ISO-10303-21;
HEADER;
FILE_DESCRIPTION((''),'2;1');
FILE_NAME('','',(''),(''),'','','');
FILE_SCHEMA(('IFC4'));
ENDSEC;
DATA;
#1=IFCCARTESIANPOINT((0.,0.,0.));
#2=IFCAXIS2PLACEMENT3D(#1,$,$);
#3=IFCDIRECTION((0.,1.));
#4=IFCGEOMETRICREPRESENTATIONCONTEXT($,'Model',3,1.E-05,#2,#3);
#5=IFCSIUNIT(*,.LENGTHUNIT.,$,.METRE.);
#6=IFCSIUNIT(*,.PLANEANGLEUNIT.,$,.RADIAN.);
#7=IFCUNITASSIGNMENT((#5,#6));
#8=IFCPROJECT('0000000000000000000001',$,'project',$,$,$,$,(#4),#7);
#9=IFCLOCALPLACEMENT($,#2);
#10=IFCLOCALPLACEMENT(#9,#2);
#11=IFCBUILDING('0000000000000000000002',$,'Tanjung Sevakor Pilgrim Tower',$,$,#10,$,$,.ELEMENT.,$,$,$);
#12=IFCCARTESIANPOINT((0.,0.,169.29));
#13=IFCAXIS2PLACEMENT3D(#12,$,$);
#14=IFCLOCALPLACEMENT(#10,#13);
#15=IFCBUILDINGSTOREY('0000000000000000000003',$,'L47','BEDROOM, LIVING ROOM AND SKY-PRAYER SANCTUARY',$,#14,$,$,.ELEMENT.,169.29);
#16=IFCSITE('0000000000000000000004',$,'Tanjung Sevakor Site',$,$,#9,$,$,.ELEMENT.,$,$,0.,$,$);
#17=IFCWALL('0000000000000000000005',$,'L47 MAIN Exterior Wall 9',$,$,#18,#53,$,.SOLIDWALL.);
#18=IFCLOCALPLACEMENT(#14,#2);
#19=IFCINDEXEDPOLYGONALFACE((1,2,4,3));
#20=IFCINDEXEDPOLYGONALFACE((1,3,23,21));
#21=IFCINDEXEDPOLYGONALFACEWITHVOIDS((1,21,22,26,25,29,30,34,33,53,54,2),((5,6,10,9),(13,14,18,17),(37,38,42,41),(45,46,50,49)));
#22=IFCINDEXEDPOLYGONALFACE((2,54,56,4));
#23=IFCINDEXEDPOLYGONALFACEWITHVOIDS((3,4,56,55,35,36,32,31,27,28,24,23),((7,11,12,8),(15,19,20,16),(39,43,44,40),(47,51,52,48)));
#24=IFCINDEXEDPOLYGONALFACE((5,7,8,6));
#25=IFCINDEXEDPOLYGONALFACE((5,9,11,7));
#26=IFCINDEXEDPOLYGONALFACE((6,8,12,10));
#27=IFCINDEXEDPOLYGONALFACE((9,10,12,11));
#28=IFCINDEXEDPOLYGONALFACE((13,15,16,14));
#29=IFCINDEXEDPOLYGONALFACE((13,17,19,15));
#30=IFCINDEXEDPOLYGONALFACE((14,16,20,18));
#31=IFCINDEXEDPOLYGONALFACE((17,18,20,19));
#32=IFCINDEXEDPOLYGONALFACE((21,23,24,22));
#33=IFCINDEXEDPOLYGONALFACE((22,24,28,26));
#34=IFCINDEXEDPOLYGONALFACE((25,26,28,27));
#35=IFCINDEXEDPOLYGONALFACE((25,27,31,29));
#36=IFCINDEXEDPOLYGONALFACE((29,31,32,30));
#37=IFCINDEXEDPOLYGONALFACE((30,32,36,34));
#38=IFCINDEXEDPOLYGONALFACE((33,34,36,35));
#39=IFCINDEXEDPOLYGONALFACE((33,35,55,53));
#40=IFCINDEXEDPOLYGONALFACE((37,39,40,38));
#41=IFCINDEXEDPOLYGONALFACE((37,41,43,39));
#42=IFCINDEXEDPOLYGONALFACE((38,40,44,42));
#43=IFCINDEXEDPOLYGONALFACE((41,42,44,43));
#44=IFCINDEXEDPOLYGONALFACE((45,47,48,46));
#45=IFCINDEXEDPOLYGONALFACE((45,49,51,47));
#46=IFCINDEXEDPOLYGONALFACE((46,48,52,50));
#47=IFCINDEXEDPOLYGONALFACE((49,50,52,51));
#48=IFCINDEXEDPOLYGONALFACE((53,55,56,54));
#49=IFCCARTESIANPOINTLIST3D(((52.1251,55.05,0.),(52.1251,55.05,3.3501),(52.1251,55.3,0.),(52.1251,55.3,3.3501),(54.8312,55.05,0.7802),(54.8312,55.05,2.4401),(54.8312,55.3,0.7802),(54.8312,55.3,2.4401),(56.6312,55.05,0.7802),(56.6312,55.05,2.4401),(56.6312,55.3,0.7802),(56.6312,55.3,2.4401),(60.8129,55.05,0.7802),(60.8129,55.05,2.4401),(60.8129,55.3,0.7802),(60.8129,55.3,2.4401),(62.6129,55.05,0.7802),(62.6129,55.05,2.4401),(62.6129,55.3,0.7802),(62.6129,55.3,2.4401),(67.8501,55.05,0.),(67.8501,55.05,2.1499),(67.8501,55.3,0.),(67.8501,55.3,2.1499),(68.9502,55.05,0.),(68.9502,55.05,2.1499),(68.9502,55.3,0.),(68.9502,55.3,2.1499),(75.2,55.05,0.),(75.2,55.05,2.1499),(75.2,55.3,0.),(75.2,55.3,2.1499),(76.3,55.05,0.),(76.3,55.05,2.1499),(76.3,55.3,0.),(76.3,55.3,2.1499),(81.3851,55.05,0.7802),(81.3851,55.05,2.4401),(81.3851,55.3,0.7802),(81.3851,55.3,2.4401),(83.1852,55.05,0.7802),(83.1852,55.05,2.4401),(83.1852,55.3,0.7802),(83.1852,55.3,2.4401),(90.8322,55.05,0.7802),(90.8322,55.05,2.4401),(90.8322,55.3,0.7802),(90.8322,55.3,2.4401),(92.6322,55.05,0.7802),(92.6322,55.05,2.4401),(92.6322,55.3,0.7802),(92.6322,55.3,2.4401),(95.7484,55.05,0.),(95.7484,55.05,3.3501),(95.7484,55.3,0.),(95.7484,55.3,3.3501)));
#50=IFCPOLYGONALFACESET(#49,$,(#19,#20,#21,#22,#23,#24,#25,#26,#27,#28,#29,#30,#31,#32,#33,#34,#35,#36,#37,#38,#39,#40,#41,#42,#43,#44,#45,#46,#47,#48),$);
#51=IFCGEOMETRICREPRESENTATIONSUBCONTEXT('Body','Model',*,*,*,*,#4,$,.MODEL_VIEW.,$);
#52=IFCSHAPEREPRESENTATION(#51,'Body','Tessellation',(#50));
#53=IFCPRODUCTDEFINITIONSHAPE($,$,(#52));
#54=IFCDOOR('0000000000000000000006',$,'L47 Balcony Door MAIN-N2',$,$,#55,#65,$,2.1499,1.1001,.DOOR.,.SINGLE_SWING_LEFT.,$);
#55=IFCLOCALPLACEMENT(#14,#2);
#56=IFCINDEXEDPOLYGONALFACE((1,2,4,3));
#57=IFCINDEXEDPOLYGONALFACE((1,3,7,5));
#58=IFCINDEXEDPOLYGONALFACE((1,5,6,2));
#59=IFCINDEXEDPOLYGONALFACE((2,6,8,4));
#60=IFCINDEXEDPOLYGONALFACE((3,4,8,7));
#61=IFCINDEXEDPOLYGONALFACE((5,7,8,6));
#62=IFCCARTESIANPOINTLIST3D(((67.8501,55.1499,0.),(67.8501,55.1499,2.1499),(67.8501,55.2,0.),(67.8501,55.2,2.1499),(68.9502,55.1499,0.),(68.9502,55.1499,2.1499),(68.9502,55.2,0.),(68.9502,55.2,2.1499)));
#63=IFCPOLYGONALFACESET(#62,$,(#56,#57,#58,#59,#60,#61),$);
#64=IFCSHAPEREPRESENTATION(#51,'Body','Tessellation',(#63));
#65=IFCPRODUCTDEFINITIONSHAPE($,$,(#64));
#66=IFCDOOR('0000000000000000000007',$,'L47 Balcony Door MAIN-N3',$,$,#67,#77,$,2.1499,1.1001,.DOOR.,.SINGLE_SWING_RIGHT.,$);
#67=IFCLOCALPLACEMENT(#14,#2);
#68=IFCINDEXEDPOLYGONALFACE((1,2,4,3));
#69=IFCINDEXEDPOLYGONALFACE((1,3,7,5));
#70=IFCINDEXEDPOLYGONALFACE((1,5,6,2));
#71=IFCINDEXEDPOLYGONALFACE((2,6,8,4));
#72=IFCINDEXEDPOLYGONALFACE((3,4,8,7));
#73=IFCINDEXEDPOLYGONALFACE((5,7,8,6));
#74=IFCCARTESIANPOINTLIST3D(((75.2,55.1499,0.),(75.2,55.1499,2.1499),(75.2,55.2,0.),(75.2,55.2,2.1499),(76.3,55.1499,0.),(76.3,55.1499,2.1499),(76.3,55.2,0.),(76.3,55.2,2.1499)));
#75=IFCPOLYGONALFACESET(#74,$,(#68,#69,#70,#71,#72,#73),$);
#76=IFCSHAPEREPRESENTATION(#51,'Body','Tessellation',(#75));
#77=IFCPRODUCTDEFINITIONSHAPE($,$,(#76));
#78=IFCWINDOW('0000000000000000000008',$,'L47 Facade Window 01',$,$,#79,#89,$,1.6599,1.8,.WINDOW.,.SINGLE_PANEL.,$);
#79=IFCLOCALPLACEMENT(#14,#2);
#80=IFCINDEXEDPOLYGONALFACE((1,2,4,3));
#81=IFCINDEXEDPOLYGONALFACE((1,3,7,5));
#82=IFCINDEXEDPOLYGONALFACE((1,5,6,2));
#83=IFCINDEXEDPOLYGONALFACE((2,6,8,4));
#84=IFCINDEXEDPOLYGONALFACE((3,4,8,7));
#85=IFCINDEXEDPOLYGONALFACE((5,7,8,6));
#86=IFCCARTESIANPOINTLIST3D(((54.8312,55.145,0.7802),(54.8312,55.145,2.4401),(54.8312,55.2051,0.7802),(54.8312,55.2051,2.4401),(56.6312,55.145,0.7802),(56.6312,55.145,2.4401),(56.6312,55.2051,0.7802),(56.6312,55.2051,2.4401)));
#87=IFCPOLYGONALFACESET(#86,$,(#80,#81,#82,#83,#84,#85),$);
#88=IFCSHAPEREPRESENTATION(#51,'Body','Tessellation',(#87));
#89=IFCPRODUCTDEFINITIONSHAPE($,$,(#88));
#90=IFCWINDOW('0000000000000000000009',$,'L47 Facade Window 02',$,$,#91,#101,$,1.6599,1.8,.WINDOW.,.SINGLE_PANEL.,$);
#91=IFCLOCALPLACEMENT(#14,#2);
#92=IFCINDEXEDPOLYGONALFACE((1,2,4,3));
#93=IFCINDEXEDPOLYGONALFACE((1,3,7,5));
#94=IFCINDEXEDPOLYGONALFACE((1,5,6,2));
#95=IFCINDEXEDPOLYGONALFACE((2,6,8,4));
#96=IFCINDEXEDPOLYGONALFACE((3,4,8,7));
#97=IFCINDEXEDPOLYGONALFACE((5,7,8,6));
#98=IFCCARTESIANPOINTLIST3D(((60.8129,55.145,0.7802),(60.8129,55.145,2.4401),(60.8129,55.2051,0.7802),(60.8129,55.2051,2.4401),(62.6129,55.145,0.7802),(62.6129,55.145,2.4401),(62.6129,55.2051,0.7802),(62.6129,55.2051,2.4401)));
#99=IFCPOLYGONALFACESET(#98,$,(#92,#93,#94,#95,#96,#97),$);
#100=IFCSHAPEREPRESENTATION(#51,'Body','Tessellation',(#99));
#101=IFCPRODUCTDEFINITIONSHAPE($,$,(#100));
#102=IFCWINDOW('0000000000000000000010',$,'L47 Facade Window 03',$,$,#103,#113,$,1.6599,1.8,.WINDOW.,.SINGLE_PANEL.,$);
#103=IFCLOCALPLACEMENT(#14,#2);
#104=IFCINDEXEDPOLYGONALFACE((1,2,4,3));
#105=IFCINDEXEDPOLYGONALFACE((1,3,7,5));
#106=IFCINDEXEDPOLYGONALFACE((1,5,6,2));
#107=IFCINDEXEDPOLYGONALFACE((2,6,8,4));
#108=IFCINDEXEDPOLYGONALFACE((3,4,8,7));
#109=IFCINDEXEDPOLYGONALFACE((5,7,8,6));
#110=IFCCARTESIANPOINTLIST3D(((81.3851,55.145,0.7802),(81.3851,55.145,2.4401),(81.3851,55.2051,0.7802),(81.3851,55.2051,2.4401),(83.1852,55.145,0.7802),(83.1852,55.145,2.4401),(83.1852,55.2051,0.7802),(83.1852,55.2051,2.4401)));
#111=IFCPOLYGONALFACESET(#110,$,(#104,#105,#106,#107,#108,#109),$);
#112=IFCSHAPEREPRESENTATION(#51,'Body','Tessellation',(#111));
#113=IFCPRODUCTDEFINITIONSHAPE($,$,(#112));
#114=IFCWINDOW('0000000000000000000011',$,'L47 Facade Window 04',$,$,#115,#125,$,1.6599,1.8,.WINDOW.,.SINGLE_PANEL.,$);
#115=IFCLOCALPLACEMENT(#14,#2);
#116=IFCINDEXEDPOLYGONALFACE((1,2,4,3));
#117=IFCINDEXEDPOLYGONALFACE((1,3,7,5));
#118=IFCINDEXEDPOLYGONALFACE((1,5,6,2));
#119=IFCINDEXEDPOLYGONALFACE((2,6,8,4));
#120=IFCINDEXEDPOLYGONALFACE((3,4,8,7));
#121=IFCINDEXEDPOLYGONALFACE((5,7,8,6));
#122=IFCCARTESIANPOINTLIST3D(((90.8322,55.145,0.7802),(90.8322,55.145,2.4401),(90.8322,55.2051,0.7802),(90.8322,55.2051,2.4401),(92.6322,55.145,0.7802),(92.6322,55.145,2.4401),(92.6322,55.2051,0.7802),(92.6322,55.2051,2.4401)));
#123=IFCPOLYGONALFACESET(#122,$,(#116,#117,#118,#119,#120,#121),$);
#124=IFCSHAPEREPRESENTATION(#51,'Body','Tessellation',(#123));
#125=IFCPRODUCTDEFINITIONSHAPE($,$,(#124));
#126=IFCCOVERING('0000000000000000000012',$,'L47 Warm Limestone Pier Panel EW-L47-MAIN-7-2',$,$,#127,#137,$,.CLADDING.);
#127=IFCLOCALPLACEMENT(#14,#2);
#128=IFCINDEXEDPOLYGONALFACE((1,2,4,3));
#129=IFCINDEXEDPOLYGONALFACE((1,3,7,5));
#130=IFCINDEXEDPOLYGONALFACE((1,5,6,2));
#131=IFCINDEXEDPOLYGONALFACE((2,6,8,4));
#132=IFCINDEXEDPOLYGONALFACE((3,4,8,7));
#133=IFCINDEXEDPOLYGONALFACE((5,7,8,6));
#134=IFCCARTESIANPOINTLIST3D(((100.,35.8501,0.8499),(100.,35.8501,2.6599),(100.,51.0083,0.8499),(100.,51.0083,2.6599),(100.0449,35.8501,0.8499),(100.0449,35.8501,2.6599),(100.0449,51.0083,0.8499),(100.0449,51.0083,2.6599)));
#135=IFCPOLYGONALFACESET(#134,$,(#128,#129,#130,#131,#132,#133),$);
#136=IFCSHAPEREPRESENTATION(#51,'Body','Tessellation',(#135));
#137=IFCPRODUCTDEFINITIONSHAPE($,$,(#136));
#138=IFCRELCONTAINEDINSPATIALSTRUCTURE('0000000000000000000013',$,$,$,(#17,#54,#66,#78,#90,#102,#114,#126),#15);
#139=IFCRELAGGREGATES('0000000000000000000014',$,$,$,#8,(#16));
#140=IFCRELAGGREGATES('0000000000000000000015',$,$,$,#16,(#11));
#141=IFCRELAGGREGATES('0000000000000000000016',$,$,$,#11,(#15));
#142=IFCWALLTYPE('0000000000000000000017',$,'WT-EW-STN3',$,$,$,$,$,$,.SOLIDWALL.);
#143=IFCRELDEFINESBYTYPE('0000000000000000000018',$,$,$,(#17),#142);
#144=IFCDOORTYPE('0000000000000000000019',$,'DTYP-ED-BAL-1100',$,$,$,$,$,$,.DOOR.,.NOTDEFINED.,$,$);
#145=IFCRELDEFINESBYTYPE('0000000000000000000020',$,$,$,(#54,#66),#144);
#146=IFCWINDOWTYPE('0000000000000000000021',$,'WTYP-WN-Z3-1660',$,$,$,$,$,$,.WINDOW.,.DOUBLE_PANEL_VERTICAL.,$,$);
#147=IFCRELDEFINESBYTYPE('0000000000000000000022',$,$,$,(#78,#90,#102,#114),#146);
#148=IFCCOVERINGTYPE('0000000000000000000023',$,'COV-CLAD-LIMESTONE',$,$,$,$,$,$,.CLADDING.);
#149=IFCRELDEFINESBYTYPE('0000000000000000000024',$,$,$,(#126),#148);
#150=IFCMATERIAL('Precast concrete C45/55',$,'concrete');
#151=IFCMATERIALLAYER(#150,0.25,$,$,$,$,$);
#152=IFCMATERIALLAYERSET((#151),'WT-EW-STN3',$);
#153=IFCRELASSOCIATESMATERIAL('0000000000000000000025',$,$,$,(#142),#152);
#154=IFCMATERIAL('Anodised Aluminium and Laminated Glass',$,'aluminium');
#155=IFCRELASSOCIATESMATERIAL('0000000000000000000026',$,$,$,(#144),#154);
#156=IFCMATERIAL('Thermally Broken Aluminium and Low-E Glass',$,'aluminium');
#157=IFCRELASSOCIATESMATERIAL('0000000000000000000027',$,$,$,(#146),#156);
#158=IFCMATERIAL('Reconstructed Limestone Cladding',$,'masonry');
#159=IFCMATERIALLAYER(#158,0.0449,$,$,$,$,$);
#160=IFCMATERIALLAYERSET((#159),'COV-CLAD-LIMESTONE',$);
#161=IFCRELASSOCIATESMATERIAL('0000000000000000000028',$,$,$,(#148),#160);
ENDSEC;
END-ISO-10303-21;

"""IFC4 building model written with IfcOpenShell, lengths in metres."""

from ifc_helpers import new_model, si_unit, direction, frame, frame_2d, origin, origin_2d, place, context, subcontext, project, spatial, rectangle, extrude, material, layer, layer_set, type_object, element, fill, save


model = new_model("IFC4")

# Units and contexts
model_context = context("Model", 3, precision=1e-05, world=origin(), true_north=direction((0.0, 1.0)))
body_context = subcontext(model_context, "Body", "Model", "MODEL_VIEW")
ifc_project = project(units=[si_unit("LENGTHUNIT", "METRE"), si_unit("PLANEANGLEUNIT", "RADIAN")], contexts=[model_context])

# Site, building, storey
site_placement = place(None, origin())
site = spatial("IfcSite", under=ifc_project, at=site_placement, Name="Tanjung Sevakor Site", CompositionType="ELEMENT", RefElevation=0.0)
building_placement = place(site_placement, origin())
building = spatial("IfcBuilding", under=site, at=building_placement, Name="Tanjung Sevakor Pilgrim Tower", CompositionType="ELEMENT")
storey_placement = place(building_placement, frame((0.0, 0.0, 169.29)))
storey = spatial("IfcBuildingStorey", under=building, at=storey_placement, Name="L47", Description="BEDROOM, LIVING ROOM AND SKY-PRAYER SANCTUARY", CompositionType="ELEMENT", Elevation=169.29)

# Wall, openings, doors, windows
ifc_material_1 = material(Name="Precast concrete C45/55", Category="concrete")
ifc_layer_1 = layer(ifc_material_1, 0.25)
ifc_layer_set_1 = layer_set([ifc_layer_1], Name="WT-EW-STN3")
wall_type_1 = type_object("IfcWallType", Name="WT-EW-STN3", PredefinedType="SOLIDWALL", material=ifc_layer_set_1)
wall_1_placement = place(storey_placement, frame((95.7483, 55.175, 0.0), z_axis=(0.0, 0.0, 1.0), x_axis=(-1.0, 0.0, 0.0)))
wall_1 = element("IfcWall", 1, at=wall_1_placement, inside=storey, type_object=wall_type_1, Name="L47 MAIN Exterior Wall 9", PredefinedType="SOLIDWALL", context=body_context, shape_type="SweptSolid", body=[
    extrude(rectangle(XDim=43.6233, YDim=0.25, at=frame_2d((21.8115, 0.0))), origin(), (0.0, 0.0, 1.0), 3.3501),
])
opening_1_placement = place(wall_1_placement, frame((26.7981, 0.0, 0.0)))
opening_1 = element("IfcOpeningElement", 2, at=opening_1_placement, cuts=wall_1, PredefinedType="OPENING", context=body_context, shape_type="SweptSolid", body=[
    extrude(rectangle(XDim=1.1001, YDim=2.1499, at=frame_2d((0.55, 1.075))), frame((0.0, 0.135, 0.0), z_axis=(0.0, -1.0, 0.0), x_axis=(1.0, 0.0, 0.0)), (0.0, 0.0, 1.0), 0.27),
])
opening_2_placement = place(wall_1_placement, frame((19.4482, 0.0, 0.0)))
opening_2 = element("IfcOpeningElement", 3, at=opening_2_placement, cuts=wall_1, PredefinedType="OPENING", context=body_context, shape_type="SweptSolid", body=[
    extrude(rectangle(XDim=1.1001, YDim=2.1499, at=frame_2d((0.55, 1.075))), frame((0.0, 0.135, 0.0), z_axis=(0.0, -1.0, 0.0), x_axis=(1.0, 0.0, 0.0)), (0.0, 0.0, 1.0), 0.27),
])
opening_3_placement = place(wall_1_placement, frame((39.1172, 0.0, 0.78)))
opening_3 = element("IfcOpeningElement", 4, at=opening_3_placement, cuts=wall_1, PredefinedType="OPENING", context=body_context, shape_type="SweptSolid", body=[
    extrude(rectangle(XDim=1.8, YDim=1.6599, at=frame_2d((0.8999, 0.8301))), frame((0.0, 0.135, 0.0), z_axis=(0.0, -1.0, 0.0), x_axis=(1.0, 0.0, 0.0)), (0.0, 0.0, 1.0), 0.27),
])
opening_4_placement = place(wall_1_placement, frame((33.1355, 0.0, 0.78)))
opening_4 = element("IfcOpeningElement", 5, at=opening_4_placement, cuts=wall_1, PredefinedType="OPENING", context=body_context, shape_type="SweptSolid", body=[
    extrude(rectangle(XDim=1.8, YDim=1.6599, at=frame_2d((0.8999, 0.8301))), frame((0.0, 0.135, 0.0), z_axis=(0.0, -1.0, 0.0), x_axis=(1.0, 0.0, 0.0)), (0.0, 0.0, 1.0), 0.27),
])
opening_5_placement = place(wall_1_placement, frame((12.5632, 0.0, 0.78)))
opening_5 = element("IfcOpeningElement", 6, at=opening_5_placement, cuts=wall_1, PredefinedType="OPENING", context=body_context, shape_type="SweptSolid", body=[
    extrude(rectangle(XDim=1.8, YDim=1.6599, at=frame_2d((0.8999, 0.8301))), frame((0.0, 0.135, 0.0), z_axis=(0.0, -1.0, 0.0), x_axis=(1.0, 0.0, 0.0)), (0.0, 0.0, 1.0), 0.27),
])
opening_6_placement = place(wall_1_placement, frame((3.1162, 0.0, 0.78)))
opening_6 = element("IfcOpeningElement", 7, at=opening_6_placement, cuts=wall_1, PredefinedType="OPENING", context=body_context, shape_type="SweptSolid", body=[
    extrude(rectangle(XDim=1.8, YDim=1.6599, at=frame_2d((0.8999, 0.8301))), frame((0.0, 0.135, 0.0), z_axis=(0.0, -1.0, 0.0), x_axis=(1.0, 0.0, 0.0)), (0.0, 0.0, 1.0), 0.27),
])
ifc_material_2 = material(Name="Anodised Aluminium and Laminated Glass", Category="aluminium")
door_type = type_object("IfcDoorType", Name="DTYP-ED-BAL-1100", OperationType="NOTDEFINED", PredefinedType="DOOR", material=ifc_material_2)
door_1_placement = place(opening_1_placement, frame((1.1001, 0.0, 0.0), z_axis=(0.0, 0.0, 1.0), x_axis=(-1.0, 0.0, 0.0)))
door_1 = element("IfcDoor", 8, at=door_1_placement, inside=storey, type_object=door_type, Name="L47 Balcony Door MAIN-N2", OperationType="SINGLE_SWING_LEFT", OverallHeight=2.1499, OverallWidth=1.1001, PredefinedType="DOOR", context=body_context, shape_type="SweptSolid", body=[
    extrude(rectangle(XDim=1.1001, YDim=2.1499, at=frame_2d((0.55, 1.075))), frame((0.0, 0.0249, 0.0), z_axis=(0.0, -1.0, 0.0), x_axis=(1.0, 0.0, 0.0)), (0.0, 0.0, 1.0), 0.05),
])
fill(opening_1, door_1)
door_2_placement = place(opening_2_placement, frame((1.1001, 0.0, 0.0), z_axis=(0.0, 0.0, 1.0), x_axis=(-1.0, 0.0, 0.0)))
door_2 = element("IfcDoor", 9, at=door_2_placement, inside=storey, type_object=door_type, Name="L47 Balcony Door MAIN-N3", OperationType="SINGLE_SWING_RIGHT", OverallHeight=2.1499, OverallWidth=1.1001, PredefinedType="DOOR", context=body_context, shape_type="SweptSolid", body=[
    extrude(rectangle(XDim=1.1001, YDim=2.1499, at=frame_2d((0.55, 1.075))), frame((0.0, 0.0249, 0.0), z_axis=(0.0, -1.0, 0.0), x_axis=(1.0, 0.0, 0.0)), (0.0, 0.0, 1.0), 0.05),
])
fill(opening_2, door_2)
ifc_material_3 = material(Name="Thermally Broken Aluminium and Low-E Glass", Category="aluminium")
window_type = type_object("IfcWindowType", Name="WTYP-WN-Z3-1660", PartitioningType="DOUBLE_PANEL_VERTICAL", PredefinedType="WINDOW", material=ifc_material_3)
window_1_placement = place(opening_3_placement, origin())
window_1 = element("IfcWindow", 10, at=window_1_placement, inside=storey, type_object=window_type, Name="L47 Facade Window 01", OverallHeight=1.6599, OverallWidth=1.8, PartitioningType="SINGLE_PANEL", PredefinedType="WINDOW", context=body_context, shape_type="SweptSolid", body=[
    extrude(rectangle(XDim=1.8, YDim=1.6599, at=frame_2d((0.8999, 0.8301))), frame((0.0, 0.03, 0.0), z_axis=(0.0, -1.0, 0.0), x_axis=(1.0, 0.0, 0.0)), (0.0, 0.0, 1.0), 0.0601),
])
fill(opening_3, window_1)
window_2_placement = place(opening_4_placement, origin())
window_2 = element("IfcWindow", 11, at=window_2_placement, inside=storey, type_object=window_type, Name="L47 Facade Window 02", OverallHeight=1.6599, OverallWidth=1.8, PartitioningType="SINGLE_PANEL", PredefinedType="WINDOW", context=body_context, shape_type="SweptSolid", body=[
    extrude(rectangle(XDim=1.8, YDim=1.6599, at=frame_2d((0.8999, 0.8301))), frame((0.0, 0.03, 0.0), z_axis=(0.0, -1.0, 0.0), x_axis=(1.0, 0.0, 0.0)), (0.0, 0.0, 1.0), 0.0601),
])
fill(opening_4, window_2)
window_3_placement = place(opening_5_placement, origin())
window_3 = element("IfcWindow", 12, at=window_3_placement, inside=storey, type_object=window_type, Name="L47 Facade Window 03", OverallHeight=1.6599, OverallWidth=1.8, PartitioningType="SINGLE_PANEL", PredefinedType="WINDOW", context=body_context, shape_type="SweptSolid", body=[
    extrude(rectangle(XDim=1.8, YDim=1.6599, at=frame_2d((0.8999, 0.8301))), frame((0.0, 0.03, 0.0), z_axis=(0.0, -1.0, 0.0), x_axis=(1.0, 0.0, 0.0)), (0.0, 0.0, 1.0), 0.0601),
])
fill(opening_5, window_3)
window_4_placement = place(opening_6_placement, origin())
window_4 = element("IfcWindow", 13, at=window_4_placement, inside=storey, type_object=window_type, Name="L47 Facade Window 04", OverallHeight=1.6599, OverallWidth=1.8, PartitioningType="SINGLE_PANEL", PredefinedType="WINDOW", context=body_context, shape_type="SweptSolid", body=[
    extrude(rectangle(XDim=1.8, YDim=1.6599, at=frame_2d((0.8999, 0.8301))), frame((0.0, 0.03, 0.0), z_axis=(0.0, -1.0, 0.0), x_axis=(1.0, 0.0, 0.0)), (0.0, 0.0, 1.0), 0.0601),
])
fill(opening_6, window_4)

# Covering
ifc_material_4 = material(Name="Reconstructed Limestone Cladding", Category="masonry")
ifc_layer_2 = layer(ifc_material_4, 0.0449)
ifc_layer_set_2 = layer_set([ifc_layer_2], Name="COV-CLAD-LIMESTONE")
covering_type = type_object("IfcCoveringType", Name="COV-CLAD-LIMESTONE", PredefinedType="CLADDING", material=ifc_layer_set_2)
covering_placement = place(storey_placement, frame((100.0225, 43.4292, 0.8499), z_axis=(0.0, 0.0, 1.0), x_axis=(0.0, 1.0, 0.0)))
element("IfcCovering", 14, at=covering_placement, inside=storey, type_object=covering_type, Name="L47 Warm Limestone Pier Panel EW-L47-MAIN-7-2", PredefinedType="CLADDING", context=body_context, shape_type="SweptSolid", body=[
    extrude(rectangle(XDim=15.1582, YDim=0.0449, at=origin_2d()), origin(), (0.0, 0.0, 1.0), 1.8101),
])

save(model, "model.ifc")
